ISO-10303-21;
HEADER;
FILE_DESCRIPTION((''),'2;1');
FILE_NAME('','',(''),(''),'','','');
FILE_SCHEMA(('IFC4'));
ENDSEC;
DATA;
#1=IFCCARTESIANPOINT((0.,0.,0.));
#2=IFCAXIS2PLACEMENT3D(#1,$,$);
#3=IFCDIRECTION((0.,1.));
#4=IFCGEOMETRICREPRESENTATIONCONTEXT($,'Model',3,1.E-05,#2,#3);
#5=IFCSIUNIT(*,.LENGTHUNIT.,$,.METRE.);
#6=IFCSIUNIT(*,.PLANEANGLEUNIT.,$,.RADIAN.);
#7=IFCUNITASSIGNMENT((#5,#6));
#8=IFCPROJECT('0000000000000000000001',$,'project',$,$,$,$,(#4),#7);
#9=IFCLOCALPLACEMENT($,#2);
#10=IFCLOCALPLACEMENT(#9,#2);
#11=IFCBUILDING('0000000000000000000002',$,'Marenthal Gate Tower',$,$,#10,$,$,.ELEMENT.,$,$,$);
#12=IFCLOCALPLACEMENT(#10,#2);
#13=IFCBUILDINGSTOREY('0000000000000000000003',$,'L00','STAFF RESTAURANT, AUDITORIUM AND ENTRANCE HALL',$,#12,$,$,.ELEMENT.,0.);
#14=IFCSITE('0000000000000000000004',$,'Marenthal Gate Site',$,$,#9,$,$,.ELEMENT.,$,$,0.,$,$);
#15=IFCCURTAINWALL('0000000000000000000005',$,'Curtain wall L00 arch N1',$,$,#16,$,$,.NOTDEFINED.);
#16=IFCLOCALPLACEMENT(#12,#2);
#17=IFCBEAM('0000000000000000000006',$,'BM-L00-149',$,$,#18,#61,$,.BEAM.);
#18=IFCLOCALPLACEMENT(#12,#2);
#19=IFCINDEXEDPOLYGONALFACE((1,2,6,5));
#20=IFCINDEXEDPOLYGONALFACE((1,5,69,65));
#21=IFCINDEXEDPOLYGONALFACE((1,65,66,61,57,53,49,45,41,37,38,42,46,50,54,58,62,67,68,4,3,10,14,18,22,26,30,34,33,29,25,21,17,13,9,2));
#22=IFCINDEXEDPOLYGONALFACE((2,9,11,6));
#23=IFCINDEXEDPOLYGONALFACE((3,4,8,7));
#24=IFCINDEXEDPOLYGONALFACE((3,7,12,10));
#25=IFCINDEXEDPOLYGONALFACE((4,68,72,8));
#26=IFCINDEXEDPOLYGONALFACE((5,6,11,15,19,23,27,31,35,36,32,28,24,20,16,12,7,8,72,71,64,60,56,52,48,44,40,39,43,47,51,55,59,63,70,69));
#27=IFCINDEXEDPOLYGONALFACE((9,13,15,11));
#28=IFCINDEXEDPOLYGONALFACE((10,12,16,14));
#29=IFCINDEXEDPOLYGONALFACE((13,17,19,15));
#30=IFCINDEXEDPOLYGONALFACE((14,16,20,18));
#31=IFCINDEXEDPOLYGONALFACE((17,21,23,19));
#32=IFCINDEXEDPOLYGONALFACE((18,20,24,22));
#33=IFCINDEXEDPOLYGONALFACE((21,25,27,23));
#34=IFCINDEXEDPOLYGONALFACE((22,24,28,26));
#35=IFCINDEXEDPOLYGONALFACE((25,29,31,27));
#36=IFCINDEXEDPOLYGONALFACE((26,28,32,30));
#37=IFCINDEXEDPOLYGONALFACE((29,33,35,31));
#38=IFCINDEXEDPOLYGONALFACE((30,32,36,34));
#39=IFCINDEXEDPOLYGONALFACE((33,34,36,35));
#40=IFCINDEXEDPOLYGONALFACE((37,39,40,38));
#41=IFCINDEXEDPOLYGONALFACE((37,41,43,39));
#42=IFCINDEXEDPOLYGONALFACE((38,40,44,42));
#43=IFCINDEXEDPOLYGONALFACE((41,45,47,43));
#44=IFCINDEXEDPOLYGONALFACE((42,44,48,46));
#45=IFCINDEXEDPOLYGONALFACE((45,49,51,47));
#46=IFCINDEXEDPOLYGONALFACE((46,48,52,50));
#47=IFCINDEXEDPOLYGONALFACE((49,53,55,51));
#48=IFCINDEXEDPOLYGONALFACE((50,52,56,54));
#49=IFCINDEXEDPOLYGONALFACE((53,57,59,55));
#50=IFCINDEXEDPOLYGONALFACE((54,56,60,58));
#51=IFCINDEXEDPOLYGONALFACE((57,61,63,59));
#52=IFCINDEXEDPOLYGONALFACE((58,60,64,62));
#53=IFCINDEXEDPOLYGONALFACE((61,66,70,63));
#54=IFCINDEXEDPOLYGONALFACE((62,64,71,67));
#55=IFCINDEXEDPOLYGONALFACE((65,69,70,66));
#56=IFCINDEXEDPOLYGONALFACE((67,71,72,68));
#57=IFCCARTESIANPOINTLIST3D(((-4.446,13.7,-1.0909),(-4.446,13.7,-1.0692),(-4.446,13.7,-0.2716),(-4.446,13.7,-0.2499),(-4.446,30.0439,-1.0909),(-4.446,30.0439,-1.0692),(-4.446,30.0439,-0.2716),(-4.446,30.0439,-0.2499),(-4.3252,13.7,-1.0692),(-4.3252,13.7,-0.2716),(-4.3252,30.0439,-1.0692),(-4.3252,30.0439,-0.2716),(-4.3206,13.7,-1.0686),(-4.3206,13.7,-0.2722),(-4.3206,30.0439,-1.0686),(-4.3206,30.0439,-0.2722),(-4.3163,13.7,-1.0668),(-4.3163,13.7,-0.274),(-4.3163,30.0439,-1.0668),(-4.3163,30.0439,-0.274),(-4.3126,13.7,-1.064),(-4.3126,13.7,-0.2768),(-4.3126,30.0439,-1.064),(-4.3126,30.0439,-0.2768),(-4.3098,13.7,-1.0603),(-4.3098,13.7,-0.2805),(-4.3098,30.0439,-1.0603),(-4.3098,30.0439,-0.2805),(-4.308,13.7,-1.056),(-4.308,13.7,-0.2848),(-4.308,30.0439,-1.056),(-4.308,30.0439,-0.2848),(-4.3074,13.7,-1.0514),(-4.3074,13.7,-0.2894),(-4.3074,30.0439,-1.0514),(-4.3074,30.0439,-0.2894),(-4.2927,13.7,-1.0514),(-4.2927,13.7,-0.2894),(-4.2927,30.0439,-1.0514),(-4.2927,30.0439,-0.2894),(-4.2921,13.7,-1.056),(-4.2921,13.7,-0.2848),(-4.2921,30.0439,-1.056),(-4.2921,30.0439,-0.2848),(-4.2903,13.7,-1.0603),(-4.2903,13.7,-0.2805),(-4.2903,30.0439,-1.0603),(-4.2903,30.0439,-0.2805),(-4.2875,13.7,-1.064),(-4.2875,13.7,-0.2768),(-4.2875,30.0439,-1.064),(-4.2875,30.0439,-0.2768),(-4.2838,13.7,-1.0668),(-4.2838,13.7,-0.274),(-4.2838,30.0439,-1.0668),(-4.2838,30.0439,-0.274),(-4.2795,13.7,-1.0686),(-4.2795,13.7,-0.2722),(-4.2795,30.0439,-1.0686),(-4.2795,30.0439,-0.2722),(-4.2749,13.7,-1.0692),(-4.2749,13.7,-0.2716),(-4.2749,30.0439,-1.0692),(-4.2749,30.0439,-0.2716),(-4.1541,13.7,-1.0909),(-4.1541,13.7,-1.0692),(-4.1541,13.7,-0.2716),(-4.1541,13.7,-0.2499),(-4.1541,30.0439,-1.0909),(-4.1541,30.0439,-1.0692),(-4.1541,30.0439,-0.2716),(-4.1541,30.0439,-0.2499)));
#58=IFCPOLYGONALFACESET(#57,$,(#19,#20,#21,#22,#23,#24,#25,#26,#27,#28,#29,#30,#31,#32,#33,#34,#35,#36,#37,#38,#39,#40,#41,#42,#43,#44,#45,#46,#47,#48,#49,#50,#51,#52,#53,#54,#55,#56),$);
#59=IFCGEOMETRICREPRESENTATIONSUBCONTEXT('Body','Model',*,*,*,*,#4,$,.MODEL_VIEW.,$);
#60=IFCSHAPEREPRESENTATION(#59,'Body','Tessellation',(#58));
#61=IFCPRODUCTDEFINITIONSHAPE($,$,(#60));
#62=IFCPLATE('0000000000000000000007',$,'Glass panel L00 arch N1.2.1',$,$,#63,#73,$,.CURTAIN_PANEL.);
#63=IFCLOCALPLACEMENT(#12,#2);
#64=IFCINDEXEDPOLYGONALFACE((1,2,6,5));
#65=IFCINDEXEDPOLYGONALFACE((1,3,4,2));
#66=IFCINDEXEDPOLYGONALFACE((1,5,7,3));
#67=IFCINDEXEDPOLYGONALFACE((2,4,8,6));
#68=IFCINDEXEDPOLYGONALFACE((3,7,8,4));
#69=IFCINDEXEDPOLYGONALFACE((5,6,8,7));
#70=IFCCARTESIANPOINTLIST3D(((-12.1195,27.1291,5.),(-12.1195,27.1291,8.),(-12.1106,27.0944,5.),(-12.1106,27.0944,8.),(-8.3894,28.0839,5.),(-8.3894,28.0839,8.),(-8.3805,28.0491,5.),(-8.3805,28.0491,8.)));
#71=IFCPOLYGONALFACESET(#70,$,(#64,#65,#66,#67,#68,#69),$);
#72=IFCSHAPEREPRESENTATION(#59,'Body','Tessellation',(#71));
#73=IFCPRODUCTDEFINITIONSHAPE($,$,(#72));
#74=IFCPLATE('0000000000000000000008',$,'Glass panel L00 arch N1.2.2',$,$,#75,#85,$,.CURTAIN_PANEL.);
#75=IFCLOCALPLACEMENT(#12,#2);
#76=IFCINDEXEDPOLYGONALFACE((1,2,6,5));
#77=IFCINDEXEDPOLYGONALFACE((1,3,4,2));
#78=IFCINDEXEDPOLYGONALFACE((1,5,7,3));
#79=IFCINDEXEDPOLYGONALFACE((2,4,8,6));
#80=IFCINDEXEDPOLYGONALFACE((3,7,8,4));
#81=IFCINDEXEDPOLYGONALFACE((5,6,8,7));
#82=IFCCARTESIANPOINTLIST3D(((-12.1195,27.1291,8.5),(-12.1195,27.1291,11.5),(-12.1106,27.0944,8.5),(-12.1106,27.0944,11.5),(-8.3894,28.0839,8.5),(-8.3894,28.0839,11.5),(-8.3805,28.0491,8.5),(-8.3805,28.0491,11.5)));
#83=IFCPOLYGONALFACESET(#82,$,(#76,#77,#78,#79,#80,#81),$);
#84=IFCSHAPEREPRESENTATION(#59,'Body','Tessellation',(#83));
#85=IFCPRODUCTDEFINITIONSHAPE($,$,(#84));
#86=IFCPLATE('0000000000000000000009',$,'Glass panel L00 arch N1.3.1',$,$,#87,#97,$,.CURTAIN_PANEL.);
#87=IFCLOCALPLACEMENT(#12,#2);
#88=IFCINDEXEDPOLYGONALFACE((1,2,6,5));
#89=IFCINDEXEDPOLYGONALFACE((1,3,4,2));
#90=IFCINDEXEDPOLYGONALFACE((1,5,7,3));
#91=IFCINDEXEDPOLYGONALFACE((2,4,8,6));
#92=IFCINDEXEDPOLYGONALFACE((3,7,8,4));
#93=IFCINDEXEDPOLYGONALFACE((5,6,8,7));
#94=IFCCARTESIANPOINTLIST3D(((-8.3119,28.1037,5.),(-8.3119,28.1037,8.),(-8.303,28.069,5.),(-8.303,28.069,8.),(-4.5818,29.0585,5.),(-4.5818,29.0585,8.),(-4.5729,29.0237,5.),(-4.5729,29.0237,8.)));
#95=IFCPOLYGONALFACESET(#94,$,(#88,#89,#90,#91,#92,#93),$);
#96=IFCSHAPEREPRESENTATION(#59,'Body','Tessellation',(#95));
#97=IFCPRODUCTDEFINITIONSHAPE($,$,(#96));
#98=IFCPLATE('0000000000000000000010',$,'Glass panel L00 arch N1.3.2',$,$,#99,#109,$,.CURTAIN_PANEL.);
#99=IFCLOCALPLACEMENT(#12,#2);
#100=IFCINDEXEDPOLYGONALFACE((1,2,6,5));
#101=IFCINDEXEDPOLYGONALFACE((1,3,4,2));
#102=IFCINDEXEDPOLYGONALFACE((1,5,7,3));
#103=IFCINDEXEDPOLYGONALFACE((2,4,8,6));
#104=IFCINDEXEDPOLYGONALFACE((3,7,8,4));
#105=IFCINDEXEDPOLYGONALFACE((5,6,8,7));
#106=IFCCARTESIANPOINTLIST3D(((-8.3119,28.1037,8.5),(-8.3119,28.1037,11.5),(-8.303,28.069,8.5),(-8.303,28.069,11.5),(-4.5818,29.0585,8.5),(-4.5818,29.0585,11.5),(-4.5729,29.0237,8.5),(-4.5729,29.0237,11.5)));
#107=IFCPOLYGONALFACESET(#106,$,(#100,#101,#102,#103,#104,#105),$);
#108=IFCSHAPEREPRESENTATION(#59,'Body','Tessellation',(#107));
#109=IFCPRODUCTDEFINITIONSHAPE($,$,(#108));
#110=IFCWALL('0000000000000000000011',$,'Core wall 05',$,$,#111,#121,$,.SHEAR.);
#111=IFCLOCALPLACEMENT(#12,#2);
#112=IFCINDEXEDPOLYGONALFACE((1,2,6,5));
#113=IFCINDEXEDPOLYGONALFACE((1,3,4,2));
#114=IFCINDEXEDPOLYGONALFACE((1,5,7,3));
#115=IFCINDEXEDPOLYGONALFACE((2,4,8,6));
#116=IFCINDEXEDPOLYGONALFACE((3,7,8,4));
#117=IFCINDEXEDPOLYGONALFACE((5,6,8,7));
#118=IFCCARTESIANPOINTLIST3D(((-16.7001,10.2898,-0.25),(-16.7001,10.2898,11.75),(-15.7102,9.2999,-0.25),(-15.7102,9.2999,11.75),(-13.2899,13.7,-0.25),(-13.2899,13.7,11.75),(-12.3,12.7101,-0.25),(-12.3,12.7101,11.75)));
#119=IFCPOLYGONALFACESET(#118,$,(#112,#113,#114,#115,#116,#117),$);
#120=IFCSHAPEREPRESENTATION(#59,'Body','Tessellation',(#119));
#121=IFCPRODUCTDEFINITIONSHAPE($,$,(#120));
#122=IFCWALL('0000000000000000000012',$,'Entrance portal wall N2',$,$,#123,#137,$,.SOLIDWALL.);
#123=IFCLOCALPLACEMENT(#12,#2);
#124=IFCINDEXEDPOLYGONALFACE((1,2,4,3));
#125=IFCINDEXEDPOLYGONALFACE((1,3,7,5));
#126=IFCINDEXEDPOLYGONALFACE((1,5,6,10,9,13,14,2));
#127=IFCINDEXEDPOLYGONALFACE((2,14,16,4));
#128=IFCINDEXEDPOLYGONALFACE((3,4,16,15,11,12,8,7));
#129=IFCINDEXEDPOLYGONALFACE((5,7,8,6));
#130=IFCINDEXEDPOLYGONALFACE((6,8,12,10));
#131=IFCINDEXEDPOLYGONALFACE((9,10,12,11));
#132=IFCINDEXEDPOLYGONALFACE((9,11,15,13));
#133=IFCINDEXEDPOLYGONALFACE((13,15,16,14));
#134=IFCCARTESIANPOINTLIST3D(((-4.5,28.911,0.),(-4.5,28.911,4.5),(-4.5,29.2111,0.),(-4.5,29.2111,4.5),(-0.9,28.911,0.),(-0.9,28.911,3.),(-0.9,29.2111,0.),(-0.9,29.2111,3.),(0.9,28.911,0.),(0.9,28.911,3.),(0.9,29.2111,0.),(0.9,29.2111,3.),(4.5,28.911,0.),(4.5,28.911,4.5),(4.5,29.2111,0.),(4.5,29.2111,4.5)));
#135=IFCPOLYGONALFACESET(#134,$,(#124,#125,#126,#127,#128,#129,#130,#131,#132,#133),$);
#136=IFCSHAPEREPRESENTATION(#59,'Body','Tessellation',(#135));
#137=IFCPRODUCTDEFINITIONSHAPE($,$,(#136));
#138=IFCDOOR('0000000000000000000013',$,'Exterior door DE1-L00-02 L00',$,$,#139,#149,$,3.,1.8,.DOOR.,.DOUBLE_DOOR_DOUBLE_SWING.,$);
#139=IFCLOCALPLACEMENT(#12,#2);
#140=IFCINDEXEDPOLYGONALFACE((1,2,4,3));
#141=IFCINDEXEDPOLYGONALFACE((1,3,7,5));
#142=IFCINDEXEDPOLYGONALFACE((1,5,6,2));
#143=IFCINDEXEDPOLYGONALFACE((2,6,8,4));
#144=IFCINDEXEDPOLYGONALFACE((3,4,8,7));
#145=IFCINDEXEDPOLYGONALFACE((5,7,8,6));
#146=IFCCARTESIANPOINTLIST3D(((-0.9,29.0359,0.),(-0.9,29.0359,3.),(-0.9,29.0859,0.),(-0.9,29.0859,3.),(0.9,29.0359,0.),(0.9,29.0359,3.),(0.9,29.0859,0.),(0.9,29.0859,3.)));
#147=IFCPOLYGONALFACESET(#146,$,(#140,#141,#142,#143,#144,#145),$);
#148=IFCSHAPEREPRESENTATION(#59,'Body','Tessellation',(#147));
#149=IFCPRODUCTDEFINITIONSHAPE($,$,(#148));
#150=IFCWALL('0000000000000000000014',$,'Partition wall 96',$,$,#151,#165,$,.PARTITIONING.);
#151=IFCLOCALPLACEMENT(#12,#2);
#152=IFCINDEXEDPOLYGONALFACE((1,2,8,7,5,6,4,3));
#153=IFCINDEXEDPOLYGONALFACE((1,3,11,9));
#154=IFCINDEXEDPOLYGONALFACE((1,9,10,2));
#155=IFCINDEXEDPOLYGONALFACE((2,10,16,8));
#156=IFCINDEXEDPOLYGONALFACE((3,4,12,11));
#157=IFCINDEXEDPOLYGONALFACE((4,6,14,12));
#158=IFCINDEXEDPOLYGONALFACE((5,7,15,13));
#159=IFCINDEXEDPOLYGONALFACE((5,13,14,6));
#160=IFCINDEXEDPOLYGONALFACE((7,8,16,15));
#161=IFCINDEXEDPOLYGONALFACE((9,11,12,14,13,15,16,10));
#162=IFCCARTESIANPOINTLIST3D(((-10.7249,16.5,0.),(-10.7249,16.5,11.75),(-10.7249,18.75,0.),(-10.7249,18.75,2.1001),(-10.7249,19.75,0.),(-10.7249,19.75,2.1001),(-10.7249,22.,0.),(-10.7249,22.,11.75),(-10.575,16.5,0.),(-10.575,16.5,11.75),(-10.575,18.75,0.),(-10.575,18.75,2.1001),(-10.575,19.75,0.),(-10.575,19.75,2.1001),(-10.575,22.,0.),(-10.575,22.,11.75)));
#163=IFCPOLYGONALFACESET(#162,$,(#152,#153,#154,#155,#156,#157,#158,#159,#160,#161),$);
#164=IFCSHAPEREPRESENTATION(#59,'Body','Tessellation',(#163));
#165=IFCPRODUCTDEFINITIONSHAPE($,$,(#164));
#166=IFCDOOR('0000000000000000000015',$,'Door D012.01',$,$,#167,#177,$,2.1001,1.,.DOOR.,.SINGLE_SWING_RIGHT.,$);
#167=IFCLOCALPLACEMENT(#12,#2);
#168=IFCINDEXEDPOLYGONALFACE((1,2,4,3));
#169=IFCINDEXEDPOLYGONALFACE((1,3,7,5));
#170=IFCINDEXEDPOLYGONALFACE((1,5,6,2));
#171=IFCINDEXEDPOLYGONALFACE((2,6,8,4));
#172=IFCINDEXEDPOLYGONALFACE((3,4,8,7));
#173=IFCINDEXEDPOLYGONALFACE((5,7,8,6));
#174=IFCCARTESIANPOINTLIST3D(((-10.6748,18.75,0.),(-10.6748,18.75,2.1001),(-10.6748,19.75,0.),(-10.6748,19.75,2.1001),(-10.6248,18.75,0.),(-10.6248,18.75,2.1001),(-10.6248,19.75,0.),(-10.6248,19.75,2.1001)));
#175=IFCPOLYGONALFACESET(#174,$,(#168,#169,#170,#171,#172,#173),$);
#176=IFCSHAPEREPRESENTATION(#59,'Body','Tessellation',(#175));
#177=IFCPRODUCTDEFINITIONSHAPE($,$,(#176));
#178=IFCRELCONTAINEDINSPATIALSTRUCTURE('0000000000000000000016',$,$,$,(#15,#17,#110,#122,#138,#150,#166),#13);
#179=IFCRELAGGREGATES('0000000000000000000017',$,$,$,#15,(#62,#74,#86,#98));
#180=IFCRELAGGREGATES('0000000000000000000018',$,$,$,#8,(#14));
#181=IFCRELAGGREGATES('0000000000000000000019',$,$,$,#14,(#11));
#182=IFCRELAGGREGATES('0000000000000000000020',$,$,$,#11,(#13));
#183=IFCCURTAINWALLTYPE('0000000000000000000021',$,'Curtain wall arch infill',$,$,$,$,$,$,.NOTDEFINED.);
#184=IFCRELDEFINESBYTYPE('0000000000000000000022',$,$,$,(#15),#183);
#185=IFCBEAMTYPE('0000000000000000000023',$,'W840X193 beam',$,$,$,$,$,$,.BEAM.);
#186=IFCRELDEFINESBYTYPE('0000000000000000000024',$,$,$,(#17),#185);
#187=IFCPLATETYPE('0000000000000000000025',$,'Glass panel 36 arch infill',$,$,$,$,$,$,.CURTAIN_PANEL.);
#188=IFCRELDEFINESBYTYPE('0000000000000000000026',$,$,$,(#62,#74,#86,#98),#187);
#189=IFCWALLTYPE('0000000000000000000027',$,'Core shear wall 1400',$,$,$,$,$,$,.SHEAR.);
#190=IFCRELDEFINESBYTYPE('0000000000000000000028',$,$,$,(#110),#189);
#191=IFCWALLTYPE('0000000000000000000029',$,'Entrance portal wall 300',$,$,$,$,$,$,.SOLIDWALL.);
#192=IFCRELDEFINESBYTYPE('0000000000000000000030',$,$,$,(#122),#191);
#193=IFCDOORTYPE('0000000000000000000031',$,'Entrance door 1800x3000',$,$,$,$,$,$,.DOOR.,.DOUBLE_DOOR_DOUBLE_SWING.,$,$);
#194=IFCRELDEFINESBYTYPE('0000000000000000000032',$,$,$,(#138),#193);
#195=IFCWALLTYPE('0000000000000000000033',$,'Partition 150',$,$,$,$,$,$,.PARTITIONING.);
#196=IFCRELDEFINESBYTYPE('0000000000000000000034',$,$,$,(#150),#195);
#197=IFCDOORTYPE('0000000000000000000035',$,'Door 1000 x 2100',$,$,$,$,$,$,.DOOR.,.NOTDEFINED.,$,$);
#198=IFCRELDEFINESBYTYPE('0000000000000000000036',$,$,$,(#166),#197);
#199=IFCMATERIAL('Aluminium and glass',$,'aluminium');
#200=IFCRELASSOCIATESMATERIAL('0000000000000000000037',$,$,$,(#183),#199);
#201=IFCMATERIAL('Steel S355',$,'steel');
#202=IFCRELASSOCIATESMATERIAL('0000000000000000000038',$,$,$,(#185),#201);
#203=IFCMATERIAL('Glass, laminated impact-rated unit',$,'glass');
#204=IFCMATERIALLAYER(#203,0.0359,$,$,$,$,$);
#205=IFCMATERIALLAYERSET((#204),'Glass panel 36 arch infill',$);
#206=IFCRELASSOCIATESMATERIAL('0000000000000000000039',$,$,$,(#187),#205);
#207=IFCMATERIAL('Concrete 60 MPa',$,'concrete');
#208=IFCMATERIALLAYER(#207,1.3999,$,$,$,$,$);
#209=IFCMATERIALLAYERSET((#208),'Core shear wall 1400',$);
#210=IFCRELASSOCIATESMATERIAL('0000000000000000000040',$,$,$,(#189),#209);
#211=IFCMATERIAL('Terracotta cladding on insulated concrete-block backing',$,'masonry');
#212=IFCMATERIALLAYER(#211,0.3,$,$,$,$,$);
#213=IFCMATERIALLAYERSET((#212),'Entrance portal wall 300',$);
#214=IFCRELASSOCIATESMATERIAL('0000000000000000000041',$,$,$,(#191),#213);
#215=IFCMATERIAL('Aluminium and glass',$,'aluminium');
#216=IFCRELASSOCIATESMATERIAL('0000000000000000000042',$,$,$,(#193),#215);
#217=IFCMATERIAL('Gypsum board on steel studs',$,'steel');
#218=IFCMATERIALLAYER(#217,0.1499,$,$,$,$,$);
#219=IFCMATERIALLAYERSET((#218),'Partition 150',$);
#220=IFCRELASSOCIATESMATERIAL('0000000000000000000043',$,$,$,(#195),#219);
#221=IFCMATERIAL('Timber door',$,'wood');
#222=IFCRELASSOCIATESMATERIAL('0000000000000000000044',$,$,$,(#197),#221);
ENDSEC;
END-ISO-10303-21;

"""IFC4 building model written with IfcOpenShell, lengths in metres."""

from ifc_helpers import new_model, si_unit, direction, frame, frame_2d, origin, origin_2d, place, context, subcontext, project, spatial, rectangle, i_section, extrude, material, layer, layer_set, material_profile, profile_set, type_object, element, fill, aggregate, save


model = new_model("IFC4")

# Units and contexts
model_context = context("Model", 3, precision=1e-05, world=origin(), true_north=direction((0.0, 1.0)))
body_context = subcontext(model_context, "Body", "Model", "MODEL_VIEW")
ifc_project = project(units=[si_unit("LENGTHUNIT", "METRE"), si_unit("PLANEANGLEUNIT", "RADIAN")], contexts=[model_context])

# Site, building, storey
site_placement = place(None, origin())
site = spatial("IfcSite", under=ifc_project, at=site_placement, Name="Marenthal Gate Site", CompositionType="ELEMENT", RefElevation=0.0)
building_placement = place(site_placement, origin())
building = spatial("IfcBuilding", under=site, at=building_placement, Name="Marenthal Gate Tower", CompositionType="ELEMENT")
storey_placement = place(building_placement, origin())
storey = spatial("IfcBuildingStorey", under=building, at=storey_placement, Name="L00", Description="STAFF RESTAURANT, AUDITORIUM AND ENTRANCE HALL", CompositionType="ELEMENT", Elevation=0.0)

# Curtain wall
ifc_material_1 = material(Name="Aluminium and glass", Category="aluminium")
curtain_wall_type = type_object("IfcCurtainWallType", Name="Curtain wall arch infill", PredefinedType="NOTDEFINED", material=ifc_material_1)
curtain_wall_1_placement = place(storey_placement, origin())
curtain_wall_1 = element("IfcCurtainWall", 1, at=curtain_wall_1_placement, inside=storey, type_object=curtain_wall_type, Name="Curtain wall L00 arch N1", PredefinedType="NOTDEFINED")

# Beam
ifc_material_2 = material(Name="Steel S355", Category="steel")
ifc_material_profile_1 = material_profile(ifc_material_2, i_section(OverallWidth=0.292, OverallDepth=0.8411, WebThickness=0.0146, FlangeThickness=0.0217, FilletRadius=0.0178, at=origin_2d()), Name="W840X193")
ifc_profile_set_1 = profile_set([ifc_material_profile_1], Name="Steel S355")
beam_type_1 = type_object("IfcBeamType", Name="W840X193 beam", PredefinedType="BEAM", material=ifc_profile_set_1)
beam_1_placement = place(storey_placement, frame((-4.3, 13.7, -0.6704), z_axis=(0.0, 1.0, 0.0), x_axis=(-1.0, 0.0, 0.0)))
element("IfcBeam", 2, at=beam_1_placement, inside=storey, type_object=beam_type_1, Name="BM-L00-149", PredefinedType="BEAM", context=body_context, shape_type="SweptSolid", body=[
    extrude(i_section(OverallWidth=0.292, OverallDepth=0.8411, WebThickness=0.0146, FlangeThickness=0.0217, FilletRadius=0.0178, at=origin_2d()), origin(), (0.0, 0.0, 1.0), 16.344),
])

# Plates
ifc_material_3 = material(Name="Glass, laminated impact-rated unit", Category="glass")
ifc_layer_1 = layer(ifc_material_3, 0.0359)
ifc_layer_set_1 = layer_set([ifc_layer_1], Name="Glass panel 36 arch infill")
plate_type = type_object("IfcPlateType", Name="Glass panel 36 arch infill", PredefinedType="CURTAIN_PANEL", material=ifc_layer_set_1)
plate_1_placement = place(storey_placement, frame((-10.25, 27.5891, 5.0), z_axis=(0.0, 0.0, 1.0), x_axis=(0.968769, 0.247965, 0.0)))
plate_1 = element("IfcPlate", 3, at=plate_1_placement, type_object=plate_type, Name="Glass panel L00 arch N1.2.1", PredefinedType="CURTAIN_PANEL", context=body_context, shape_type="SweptSolid", body=[
    extrude(rectangle(XDim=3.8503, YDim=0.0359, at=origin_2d()), origin(), (0.0, 0.0, 1.0), 3.0),
])
plate_2_placement = place(storey_placement, frame((-10.25, 27.5891, 8.5), z_axis=(0.0, 0.0, 1.0), x_axis=(0.968769, 0.247965, 0.0)))
plate_2 = element("IfcPlate", 4, at=plate_2_placement, type_object=plate_type, Name="Glass panel L00 arch N1.2.2", PredefinedType="CURTAIN_PANEL", context=body_context, shape_type="SweptSolid", body=[
    extrude(rectangle(XDim=3.8503, YDim=0.0359, at=origin_2d()), origin(), (0.0, 0.0, 1.0), 3.0),
])
plate_3_placement = place(storey_placement, frame((-6.4424, 28.5637, 5.0), z_axis=(0.0, 0.0, 1.0), x_axis=(0.968769, 0.247965, 0.0)))
plate_3 = element("IfcPlate", 5, at=plate_3_placement, type_object=plate_type, Name="Glass panel L00 arch N1.3.1", PredefinedType="CURTAIN_PANEL", context=body_context, shape_type="SweptSolid", body=[
    extrude(rectangle(XDim=3.8503, YDim=0.0359, at=origin_2d()), origin(), (0.0, 0.0, 1.0), 3.0),
])
plate_4_placement = place(storey_placement, frame((-6.4424, 28.5637, 8.5), z_axis=(0.0, 0.0, 1.0), x_axis=(0.968769, 0.247965, 0.0)))
plate_4 = element("IfcPlate", 6, at=plate_4_placement, type_object=plate_type, Name="Glass panel L00 arch N1.3.2", PredefinedType="CURTAIN_PANEL", context=body_context, shape_type="SweptSolid", body=[
    extrude(rectangle(XDim=3.8503, YDim=0.0359, at=origin_2d()), origin(), (0.0, 0.0, 1.0), 3.0),
])
aggregate(curtain_wall_1, [plate_1, plate_2, plate_3, plate_4])

# Wall
ifc_material_4 = material(Name="Concrete 60 MPa", Category="concrete")
ifc_layer_2 = layer(ifc_material_4, 1.3999)
ifc_layer_set_2 = layer_set([ifc_layer_2], Name="Core shear wall 1400")
wall_type_1 = type_object("IfcWallType", Name="Core shear wall 1400", PredefinedType="SHEAR", material=ifc_layer_set_2)
wall_1_placement = place(storey_placement, frame((-12.7949, 13.2051, -0.25), z_axis=(0.0, 0.0, 1.0), x_axis=(-0.707107, -0.707107, 0.0)))
element("IfcWall", 7, at=wall_1_placement, inside=storey, type_object=wall_type_1, Name="Core wall 05", PredefinedType="SHEAR", context=body_context, shape_type="SweptSolid", body=[
    extrude(rectangle(XDim=4.8228, YDim=1.3999, at=frame_2d((2.4114, 0.0))), origin(), (0.0, 0.0, 1.0), 12.0),
])

# Walls, openings, doors
ifc_material_5 = material(Name="Terracotta cladding on insulated concrete-block backing", Category="masonry")
ifc_layer_3 = layer(ifc_material_5, 0.3)
ifc_layer_set_3 = layer_set([ifc_layer_3], Name="Entrance portal wall 300")
wall_type_2 = type_object("IfcWallType", Name="Entrance portal wall 300", PredefinedType="SOLIDWALL", material=ifc_layer_set_3)
wall_2_placement = place(storey_placement, frame((-4.5, 29.061, 0.0), z_axis=(0.0, 0.0, 1.0), x_axis=(1.0, 0.0, 0.0)))
wall_2 = element("IfcWall", 8, at=wall_2_placement, inside=storey, type_object=wall_type_2, Name="Entrance portal wall N2", PredefinedType="SOLIDWALL", context=body_context, shape_type="SweptSolid", body=[
    extrude(rectangle(XDim=9.0, YDim=0.3, at=frame_2d((4.5, 0.0))), origin(), (0.0, 0.0, 1.0), 4.5),
])
opening_1_placement = place(wall_2_placement, frame((3.6001, 0.0, 0.0)))
opening_1 = element("IfcOpeningElement", 9, at=opening_1_placement, cuts=wall_2, PredefinedType="OPENING", context=body_context, shape_type="SweptSolid", body=[
    extrude(rectangle(XDim=1.8, YDim=3.0, at=frame_2d((0.8999, 1.5))), frame((0.0, 0.1602, 0.0), z_axis=(0.0, -1.0, 0.0), x_axis=(1.0, 0.0, 0.0)), (0.0, 0.0, 1.0), 0.3201),
])
ifc_material_6 = material(Name="Aluminium and glass", Category="aluminium")
door_type_1 = type_object("IfcDoorType", Name="Entrance door 1800x3000", OperationType="DOUBLE_DOOR_DOUBLE_SWING", PredefinedType="DOOR", material=ifc_material_6)
door_1_placement = place(opening_1_placement, origin())
door_1 = element("IfcDoor", 10, at=door_1_placement, inside=storey, type_object=door_type_1, Name="Exterior door DE1-L00-02 L00", OperationType="DOUBLE_DOOR_DOUBLE_SWING", OverallHeight=3.0, OverallWidth=1.8, PredefinedType="DOOR", context=body_context, shape_type="SweptSolid", body=[
    extrude(rectangle(XDim=1.8, YDim=3.0, at=frame_2d((0.8999, 1.5))), frame((0.0, 0.0249, 0.0), z_axis=(0.0, -1.0, 0.0), x_axis=(1.0, 0.0, 0.0)), (0.0, 0.0, 1.0), 0.05),
])
fill(opening_1, door_1)
ifc_material_7 = material(Name="Gypsum board on steel studs", Category="steel")
ifc_layer_4 = layer(ifc_material_7, 0.1499)
ifc_layer_set_4 = layer_set([ifc_layer_4], Name="Partition 150")
wall_type_3 = type_object("IfcWallType", Name="Partition 150", PredefinedType="PARTITIONING", material=ifc_layer_set_4)
wall_3_placement = place(storey_placement, frame((-10.6499, 16.5, 0.0), z_axis=(0.0, 0.0, 1.0), x_axis=(0.0, 1.0, 0.0)))
wall_3 = element("IfcWall", 11, at=wall_3_placement, inside=storey, type_object=wall_type_3, Name="Partition wall 96", PredefinedType="PARTITIONING", context=body_context, shape_type="SweptSolid", body=[
    extrude(rectangle(XDim=5.5, YDim=0.1499, at=frame_2d((2.75, 0.0))), origin(), (0.0, 0.0, 1.0), 11.75),
])
opening_2_placement = place(wall_3_placement, frame((2.25, 0.0, 0.0)))
opening_2 = element("IfcOpeningElement", 12, at=opening_2_placement, cuts=wall_3, PredefinedType="OPENING", context=body_context, shape_type="SweptSolid", body=[
    extrude(rectangle(XDim=1.0, YDim=2.1001, at=frame_2d((0.5, 1.05))), frame((0.0, 0.085, 0.0), z_axis=(0.0, -1.0, 0.0), x_axis=(1.0, 0.0, 0.0)), (0.0, 0.0, 1.0), 0.1699),
])
ifc_material_8 = material(Name="Timber door", Category="wood")
door_type_2 = type_object("IfcDoorType", Name="Door 1000 x 2100", OperationType="NOTDEFINED", PredefinedType="DOOR", material=ifc_material_8)
door_2_placement = place(opening_2_placement, origin())
door_2 = element("IfcDoor", 13, at=door_2_placement, inside=storey, type_object=door_type_2, Name="Door D012.01", OperationType="SINGLE_SWING_RIGHT", OverallHeight=2.1001, OverallWidth=1.0, PredefinedType="DOOR", context=body_context, shape_type="SweptSolid", body=[
    extrude(rectangle(XDim=1.0, YDim=2.1001, at=frame_2d((0.5, 1.05))), frame((0.0, 0.0249, 0.0), z_axis=(0.0, -1.0, 0.0), x_axis=(1.0, 0.0, 0.0)), (0.0, 0.0, 1.0), 0.05),
])
fill(opening_2, door_2)

save(model, "model.ifc")
